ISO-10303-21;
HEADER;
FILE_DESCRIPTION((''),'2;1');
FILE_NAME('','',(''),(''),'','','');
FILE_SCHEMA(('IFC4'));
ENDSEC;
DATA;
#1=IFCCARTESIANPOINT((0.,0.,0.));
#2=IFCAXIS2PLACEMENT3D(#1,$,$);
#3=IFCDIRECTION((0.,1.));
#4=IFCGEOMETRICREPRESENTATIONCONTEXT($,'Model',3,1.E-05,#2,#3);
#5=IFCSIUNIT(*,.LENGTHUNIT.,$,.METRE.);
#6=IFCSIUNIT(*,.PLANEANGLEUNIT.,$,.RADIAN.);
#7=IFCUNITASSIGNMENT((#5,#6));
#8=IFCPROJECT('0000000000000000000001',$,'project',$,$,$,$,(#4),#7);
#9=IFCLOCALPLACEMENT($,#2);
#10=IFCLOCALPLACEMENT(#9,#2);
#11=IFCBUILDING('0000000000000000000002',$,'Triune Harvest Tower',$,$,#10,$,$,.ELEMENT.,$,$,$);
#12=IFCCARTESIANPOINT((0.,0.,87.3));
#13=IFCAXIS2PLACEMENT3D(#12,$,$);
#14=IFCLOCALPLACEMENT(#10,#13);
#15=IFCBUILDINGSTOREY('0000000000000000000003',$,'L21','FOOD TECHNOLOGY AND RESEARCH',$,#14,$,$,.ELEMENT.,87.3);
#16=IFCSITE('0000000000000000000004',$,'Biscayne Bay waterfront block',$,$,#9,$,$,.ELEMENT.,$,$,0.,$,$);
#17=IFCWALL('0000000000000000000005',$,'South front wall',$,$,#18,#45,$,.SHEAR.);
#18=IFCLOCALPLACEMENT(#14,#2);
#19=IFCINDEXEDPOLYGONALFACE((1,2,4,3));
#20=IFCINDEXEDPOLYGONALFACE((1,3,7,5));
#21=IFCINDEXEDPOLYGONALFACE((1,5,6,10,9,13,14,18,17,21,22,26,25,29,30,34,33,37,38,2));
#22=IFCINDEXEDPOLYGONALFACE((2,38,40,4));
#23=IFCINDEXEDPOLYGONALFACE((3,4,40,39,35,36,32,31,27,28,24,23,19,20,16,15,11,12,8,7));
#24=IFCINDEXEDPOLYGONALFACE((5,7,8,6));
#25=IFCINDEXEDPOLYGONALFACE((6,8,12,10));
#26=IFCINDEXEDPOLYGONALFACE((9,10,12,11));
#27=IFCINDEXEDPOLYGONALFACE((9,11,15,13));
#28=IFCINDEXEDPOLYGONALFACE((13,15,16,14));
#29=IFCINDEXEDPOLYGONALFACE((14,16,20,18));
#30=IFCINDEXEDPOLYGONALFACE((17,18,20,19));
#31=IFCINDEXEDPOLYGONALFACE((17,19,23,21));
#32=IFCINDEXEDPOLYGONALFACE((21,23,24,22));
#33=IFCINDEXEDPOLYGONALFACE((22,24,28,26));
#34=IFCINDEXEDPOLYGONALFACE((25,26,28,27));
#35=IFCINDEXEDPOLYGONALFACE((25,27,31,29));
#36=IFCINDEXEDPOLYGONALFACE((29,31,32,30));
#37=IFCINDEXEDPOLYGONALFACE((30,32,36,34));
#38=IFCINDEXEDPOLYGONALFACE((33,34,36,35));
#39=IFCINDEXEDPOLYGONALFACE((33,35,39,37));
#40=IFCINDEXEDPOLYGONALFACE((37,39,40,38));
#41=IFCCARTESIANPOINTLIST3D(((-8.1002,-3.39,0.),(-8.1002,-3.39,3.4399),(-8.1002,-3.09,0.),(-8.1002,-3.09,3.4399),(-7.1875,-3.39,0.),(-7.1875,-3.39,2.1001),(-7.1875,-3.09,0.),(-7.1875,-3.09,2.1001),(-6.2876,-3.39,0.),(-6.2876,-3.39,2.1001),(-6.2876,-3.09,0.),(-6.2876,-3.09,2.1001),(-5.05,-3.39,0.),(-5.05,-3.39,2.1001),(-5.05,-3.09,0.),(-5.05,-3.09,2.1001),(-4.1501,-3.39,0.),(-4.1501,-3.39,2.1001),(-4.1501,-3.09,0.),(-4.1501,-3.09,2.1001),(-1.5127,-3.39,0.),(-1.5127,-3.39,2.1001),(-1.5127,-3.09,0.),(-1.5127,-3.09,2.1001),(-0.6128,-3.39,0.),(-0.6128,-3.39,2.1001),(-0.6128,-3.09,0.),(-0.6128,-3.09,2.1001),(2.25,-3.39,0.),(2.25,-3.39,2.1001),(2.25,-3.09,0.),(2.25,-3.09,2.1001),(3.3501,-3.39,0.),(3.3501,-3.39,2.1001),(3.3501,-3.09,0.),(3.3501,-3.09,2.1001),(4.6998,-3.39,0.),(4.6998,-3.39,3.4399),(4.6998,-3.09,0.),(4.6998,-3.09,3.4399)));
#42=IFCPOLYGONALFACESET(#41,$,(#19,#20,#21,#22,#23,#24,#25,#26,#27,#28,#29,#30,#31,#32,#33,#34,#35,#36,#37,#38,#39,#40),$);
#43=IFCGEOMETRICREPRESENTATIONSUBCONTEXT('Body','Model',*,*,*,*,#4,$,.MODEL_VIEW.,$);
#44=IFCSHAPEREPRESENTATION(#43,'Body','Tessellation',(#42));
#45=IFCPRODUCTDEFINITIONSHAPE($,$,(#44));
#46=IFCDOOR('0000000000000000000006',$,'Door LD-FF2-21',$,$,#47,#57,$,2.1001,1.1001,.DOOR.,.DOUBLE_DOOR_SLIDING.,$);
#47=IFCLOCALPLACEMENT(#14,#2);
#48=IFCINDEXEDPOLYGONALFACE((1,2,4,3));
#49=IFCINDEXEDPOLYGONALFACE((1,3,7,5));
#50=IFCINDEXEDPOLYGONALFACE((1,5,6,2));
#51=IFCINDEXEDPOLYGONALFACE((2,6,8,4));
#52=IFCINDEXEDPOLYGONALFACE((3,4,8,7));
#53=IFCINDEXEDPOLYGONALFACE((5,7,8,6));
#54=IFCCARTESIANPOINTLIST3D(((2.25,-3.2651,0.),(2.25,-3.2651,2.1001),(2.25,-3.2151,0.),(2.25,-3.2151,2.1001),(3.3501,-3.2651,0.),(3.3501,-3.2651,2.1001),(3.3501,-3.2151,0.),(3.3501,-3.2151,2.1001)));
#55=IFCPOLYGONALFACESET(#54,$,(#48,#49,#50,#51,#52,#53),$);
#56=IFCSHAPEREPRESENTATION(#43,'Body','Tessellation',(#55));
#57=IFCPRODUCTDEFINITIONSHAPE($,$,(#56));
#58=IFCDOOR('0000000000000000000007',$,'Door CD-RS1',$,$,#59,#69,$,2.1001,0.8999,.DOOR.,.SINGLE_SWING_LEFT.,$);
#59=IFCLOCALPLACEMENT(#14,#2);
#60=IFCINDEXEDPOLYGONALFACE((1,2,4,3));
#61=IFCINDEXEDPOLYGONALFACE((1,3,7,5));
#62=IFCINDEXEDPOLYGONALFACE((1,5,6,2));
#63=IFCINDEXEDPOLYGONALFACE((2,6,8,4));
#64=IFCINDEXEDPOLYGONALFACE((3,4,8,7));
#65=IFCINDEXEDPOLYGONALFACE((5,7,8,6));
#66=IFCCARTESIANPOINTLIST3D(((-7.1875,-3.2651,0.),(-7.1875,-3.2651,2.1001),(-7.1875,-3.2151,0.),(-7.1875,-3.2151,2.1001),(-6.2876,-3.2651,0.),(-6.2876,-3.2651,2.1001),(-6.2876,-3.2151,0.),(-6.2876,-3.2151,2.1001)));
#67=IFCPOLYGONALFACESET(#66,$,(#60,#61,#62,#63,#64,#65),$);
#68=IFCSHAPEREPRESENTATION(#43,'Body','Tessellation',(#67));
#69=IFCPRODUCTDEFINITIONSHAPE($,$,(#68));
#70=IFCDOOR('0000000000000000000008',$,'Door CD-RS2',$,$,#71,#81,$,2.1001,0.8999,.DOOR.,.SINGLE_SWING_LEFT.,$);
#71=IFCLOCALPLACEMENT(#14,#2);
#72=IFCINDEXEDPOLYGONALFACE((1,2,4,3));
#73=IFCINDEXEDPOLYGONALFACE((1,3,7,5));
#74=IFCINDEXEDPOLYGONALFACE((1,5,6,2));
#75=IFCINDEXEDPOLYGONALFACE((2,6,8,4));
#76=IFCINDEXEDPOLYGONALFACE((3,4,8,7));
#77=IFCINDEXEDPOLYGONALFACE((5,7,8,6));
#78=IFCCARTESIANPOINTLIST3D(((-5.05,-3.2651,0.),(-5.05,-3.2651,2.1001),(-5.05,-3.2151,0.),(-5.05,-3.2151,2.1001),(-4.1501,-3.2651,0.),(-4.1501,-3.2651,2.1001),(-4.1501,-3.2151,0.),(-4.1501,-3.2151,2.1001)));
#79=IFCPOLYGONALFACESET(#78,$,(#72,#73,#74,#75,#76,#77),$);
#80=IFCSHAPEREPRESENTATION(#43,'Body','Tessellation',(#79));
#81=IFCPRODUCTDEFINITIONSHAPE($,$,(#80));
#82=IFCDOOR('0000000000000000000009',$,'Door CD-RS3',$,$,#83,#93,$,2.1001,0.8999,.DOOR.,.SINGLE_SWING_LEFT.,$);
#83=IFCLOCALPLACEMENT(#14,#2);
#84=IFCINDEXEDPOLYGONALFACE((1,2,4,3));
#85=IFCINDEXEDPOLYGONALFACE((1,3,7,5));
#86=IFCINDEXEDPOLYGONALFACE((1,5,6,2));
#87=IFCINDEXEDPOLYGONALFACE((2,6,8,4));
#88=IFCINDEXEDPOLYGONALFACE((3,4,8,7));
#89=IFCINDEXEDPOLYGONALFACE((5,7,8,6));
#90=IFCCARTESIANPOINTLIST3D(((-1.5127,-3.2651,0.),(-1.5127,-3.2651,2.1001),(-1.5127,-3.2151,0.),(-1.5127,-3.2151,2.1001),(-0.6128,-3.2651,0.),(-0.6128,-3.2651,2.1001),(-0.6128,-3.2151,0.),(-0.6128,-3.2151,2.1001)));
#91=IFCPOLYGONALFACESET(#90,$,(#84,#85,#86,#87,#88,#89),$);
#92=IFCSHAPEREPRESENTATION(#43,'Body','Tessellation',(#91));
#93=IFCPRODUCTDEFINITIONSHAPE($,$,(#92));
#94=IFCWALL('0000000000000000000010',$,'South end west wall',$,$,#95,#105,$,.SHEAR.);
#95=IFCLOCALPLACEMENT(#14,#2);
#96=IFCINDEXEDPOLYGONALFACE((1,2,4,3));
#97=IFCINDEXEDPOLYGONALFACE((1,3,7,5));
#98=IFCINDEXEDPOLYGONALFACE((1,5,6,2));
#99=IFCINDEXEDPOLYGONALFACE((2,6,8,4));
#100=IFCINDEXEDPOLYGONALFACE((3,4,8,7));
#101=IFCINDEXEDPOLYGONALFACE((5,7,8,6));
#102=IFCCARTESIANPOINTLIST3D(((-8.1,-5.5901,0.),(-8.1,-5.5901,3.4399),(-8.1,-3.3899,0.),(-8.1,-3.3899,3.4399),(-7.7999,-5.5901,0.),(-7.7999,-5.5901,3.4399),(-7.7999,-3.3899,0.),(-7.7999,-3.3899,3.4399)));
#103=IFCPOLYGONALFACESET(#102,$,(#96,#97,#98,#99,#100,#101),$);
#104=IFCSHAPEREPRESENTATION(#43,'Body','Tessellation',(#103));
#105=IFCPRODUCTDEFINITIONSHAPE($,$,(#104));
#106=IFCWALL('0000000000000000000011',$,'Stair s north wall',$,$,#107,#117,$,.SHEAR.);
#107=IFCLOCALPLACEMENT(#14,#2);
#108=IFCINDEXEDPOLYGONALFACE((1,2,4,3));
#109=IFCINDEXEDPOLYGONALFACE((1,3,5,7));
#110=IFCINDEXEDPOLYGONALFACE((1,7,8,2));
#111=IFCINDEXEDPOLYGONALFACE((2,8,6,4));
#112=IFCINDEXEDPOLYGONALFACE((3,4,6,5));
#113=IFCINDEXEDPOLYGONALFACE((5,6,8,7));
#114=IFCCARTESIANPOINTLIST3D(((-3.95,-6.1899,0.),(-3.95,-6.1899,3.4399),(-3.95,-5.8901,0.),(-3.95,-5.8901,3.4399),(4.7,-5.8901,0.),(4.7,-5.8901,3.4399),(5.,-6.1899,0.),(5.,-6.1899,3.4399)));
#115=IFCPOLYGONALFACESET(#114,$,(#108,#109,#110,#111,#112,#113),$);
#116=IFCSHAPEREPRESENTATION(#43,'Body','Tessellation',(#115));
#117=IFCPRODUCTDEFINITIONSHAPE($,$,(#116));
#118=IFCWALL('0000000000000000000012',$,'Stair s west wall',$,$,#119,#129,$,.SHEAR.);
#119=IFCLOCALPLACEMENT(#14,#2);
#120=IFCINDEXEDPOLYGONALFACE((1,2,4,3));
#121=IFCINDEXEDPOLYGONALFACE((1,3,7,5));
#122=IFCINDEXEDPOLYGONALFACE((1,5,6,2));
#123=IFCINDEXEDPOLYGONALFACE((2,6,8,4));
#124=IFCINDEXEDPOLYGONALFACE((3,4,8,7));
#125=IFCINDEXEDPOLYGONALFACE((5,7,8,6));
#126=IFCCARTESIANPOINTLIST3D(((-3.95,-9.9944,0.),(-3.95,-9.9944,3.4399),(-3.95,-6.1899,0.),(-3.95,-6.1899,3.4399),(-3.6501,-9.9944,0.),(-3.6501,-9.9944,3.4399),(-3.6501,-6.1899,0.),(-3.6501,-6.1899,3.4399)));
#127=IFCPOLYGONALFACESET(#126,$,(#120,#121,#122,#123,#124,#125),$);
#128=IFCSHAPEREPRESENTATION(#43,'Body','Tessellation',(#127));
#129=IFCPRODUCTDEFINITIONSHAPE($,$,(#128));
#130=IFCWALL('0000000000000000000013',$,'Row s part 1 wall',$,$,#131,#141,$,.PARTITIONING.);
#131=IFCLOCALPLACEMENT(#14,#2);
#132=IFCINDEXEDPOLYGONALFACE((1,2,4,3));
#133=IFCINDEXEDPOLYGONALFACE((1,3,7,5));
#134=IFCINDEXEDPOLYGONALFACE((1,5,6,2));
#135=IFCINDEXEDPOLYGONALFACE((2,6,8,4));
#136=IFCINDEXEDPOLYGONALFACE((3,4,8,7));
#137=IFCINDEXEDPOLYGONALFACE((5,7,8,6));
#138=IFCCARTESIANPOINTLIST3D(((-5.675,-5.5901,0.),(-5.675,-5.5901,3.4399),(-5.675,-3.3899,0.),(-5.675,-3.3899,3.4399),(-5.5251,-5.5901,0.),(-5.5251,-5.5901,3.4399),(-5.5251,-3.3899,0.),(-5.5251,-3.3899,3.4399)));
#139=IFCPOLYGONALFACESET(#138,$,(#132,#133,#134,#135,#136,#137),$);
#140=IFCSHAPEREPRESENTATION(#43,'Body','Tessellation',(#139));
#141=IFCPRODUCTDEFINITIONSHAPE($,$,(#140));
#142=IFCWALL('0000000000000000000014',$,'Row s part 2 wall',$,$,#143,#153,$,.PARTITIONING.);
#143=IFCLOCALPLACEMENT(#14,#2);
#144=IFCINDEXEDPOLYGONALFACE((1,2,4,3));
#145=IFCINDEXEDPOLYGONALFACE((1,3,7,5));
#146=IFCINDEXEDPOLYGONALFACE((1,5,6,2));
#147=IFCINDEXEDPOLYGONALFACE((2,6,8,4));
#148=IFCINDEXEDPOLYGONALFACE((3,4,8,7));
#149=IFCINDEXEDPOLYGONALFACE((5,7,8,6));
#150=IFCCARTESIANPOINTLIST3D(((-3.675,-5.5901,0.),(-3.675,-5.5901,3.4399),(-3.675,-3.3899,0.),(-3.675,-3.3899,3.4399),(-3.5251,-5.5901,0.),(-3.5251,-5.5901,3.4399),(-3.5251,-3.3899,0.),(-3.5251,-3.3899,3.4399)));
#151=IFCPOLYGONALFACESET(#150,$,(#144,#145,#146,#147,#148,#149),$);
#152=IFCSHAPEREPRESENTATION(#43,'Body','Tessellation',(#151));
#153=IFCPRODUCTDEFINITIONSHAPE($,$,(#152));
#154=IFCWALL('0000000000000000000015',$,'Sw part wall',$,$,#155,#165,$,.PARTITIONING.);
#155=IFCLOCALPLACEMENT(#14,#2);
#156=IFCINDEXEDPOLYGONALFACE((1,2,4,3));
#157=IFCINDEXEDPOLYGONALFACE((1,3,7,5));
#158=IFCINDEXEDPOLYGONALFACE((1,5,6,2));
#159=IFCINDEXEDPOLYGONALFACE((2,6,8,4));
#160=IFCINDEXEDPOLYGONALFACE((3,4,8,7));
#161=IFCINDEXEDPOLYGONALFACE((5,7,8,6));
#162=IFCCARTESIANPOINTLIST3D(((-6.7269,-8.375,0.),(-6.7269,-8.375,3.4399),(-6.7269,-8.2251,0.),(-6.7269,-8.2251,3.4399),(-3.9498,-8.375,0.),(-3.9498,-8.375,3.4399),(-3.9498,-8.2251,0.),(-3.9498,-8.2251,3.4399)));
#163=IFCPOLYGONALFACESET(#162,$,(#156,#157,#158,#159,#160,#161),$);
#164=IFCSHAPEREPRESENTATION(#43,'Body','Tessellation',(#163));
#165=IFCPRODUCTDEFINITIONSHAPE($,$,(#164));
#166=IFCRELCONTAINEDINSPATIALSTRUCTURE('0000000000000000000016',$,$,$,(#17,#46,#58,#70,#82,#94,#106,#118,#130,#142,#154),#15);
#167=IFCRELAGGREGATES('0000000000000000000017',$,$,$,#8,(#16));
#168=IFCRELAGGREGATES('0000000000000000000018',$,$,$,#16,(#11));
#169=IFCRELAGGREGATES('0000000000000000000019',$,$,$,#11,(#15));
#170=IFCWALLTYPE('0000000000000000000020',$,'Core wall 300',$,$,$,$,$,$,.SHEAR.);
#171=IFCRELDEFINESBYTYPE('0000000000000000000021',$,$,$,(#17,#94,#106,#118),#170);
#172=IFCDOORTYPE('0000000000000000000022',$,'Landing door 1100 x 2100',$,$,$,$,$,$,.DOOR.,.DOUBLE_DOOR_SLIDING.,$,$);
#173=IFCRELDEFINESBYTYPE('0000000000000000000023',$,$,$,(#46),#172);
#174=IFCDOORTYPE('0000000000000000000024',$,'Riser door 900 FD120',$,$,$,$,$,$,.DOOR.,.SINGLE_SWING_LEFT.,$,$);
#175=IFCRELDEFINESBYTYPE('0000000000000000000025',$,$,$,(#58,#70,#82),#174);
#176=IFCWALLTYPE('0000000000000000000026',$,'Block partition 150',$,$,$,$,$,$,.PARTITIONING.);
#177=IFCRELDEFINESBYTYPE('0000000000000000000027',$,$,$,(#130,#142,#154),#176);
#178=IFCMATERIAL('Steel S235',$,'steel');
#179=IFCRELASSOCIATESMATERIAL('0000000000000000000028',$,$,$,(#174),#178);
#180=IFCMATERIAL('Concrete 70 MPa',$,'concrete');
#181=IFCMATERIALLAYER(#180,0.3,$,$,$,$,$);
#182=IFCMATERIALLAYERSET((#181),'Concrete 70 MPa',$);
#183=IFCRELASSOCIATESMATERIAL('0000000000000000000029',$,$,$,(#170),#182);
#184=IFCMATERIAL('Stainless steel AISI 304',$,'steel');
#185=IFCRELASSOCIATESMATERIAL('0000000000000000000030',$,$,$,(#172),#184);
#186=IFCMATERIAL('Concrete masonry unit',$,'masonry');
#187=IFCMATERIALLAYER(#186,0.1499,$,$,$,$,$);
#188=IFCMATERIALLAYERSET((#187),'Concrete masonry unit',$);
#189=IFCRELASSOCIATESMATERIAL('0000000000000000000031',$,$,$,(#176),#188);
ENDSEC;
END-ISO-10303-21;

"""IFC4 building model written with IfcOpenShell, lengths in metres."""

from ifc_helpers import new_model, si_unit, direction, frame, frame_2d, origin, place, context, subcontext, project, spatial, polyline, rectangle, outline, extrude, source, transform, mapped, material, layer, layer_set, type_object, element, fill, save


model = new_model("IFC4")

# Units and contexts
model_context = context("Model", 3, precision=1e-05, world=origin(), true_north=direction((0.0, 1.0)))
body_context = subcontext(model_context, "Body", "Model", "MODEL_VIEW")
ifc_project = project(units=[si_unit("LENGTHUNIT", "METRE"), si_unit("PLANEANGLEUNIT", "RADIAN")], contexts=[model_context])

# Site, building, storey
site_placement = place(None, origin())
site = spatial("IfcSite", under=ifc_project, at=site_placement, Name="Biscayne Bay waterfront block", CompositionType="ELEMENT", RefElevation=0.0)
building_placement = place(site_placement, origin())
building = spatial("IfcBuilding", under=site, at=building_placement, Name="Triune Harvest Tower", CompositionType="ELEMENT")
storey_placement = place(building_placement, frame((0.0, 0.0, 87.3)))
storey = spatial("IfcBuildingStorey", under=building, at=storey_placement, Name="L21", Description="FOOD TECHNOLOGY AND RESEARCH", CompositionType="ELEMENT", Elevation=87.3)

# Wall, openings, doors
ifc_material_1 = material(Name="Steel S235", Category="steel")
door_type_1 = type_object("IfcDoorType", Name="Riser door 900 FD120", OperationType="SINGLE_SWING_LEFT", PredefinedType="DOOR", material=ifc_material_1)
ifc_material_2 = material(Name="Concrete 70 MPa", Category="concrete")
ifc_layer_1 = layer(ifc_material_2, 0.3)
ifc_layer_set_1 = layer_set([ifc_layer_1], Name="Concrete 70 MPa")
wall_type_1 = type_object("IfcWallType", Name="Core wall 300", PredefinedType="SHEAR", material=ifc_layer_set_1)
shared_shape_1 = source(origin(), body_context, "Body", "SweptSolid", [
    extrude(rectangle(XDim=12.8, YDim=0.3, at=frame_2d((6.3999, 0.0))), origin(), (0.0, 0.0, 1.0), 3.4399),
])
wall_1_placement = place(storey_placement, frame((-8.1001, -3.24, 0.0), z_axis=(0.0, 0.0, 1.0), x_axis=(1.0, 0.0, 0.0)))
wall_1 = element("IfcWall", 1, at=wall_1_placement, inside=storey, type_object=wall_type_1, Name="South front wall", PredefinedType="SHEAR", context=body_context, shape_type="MappedRepresentation", body=[
    mapped(shared_shape_1, transform((0.0, 0.0, 0.0), scale=1.0)),
])
opening_1_placement = place(wall_1_placement, frame((0.9126, 0.0, 0.0)))
opening_1 = element("IfcOpeningElement", 2, at=opening_1_placement, cuts=wall_1, PredefinedType="OPENING", context=body_context, shape_type="SweptSolid", body=[
    extrude(rectangle(XDim=0.8999, YDim=2.1001, at=frame_2d((0.45, 1.05))), frame((0.0, 0.1602, 0.0), z_axis=(0.0, -1.0, 0.0), x_axis=(1.0, 0.0, 0.0)), (0.0, 0.0, 1.0), 0.3201),
])
opening_2_placement = place(wall_1_placement, frame((3.05, 0.0, 0.0)))
opening_2 = element("IfcOpeningElement", 3, at=opening_2_placement, cuts=wall_1, PredefinedType="OPENING", context=body_context, shape_type="SweptSolid", body=[
    extrude(rectangle(XDim=0.8999, YDim=2.1001, at=frame_2d((0.45, 1.05))), frame((0.0, 0.1602, 0.0), z_axis=(0.0, -1.0, 0.0), x_axis=(1.0, 0.0, 0.0)), (0.0, 0.0, 1.0), 0.3201),
])
opening_3_placement = place(wall_1_placement, frame((6.5874, 0.0, 0.0)))
opening_3 = element("IfcOpeningElement", 4, at=opening_3_placement, cuts=wall_1, PredefinedType="OPENING", context=body_context, shape_type="SweptSolid", body=[
    extrude(rectangle(XDim=0.8999, YDim=2.1001, at=frame_2d((0.45, 1.05))), frame((0.0, 0.1602, 0.0), z_axis=(0.0, -1.0, 0.0), x_axis=(1.0, 0.0, 0.0)), (0.0, 0.0, 1.0), 0.3201),
])
opening_4_placement = place(wall_1_placement, frame((10.3501, 0.0, 0.0)))
opening_4 = element("IfcOpeningElement", 5, at=opening_4_placement, cuts=wall_1, PredefinedType="OPENING", context=body_context, shape_type="SweptSolid", body=[
    extrude(rectangle(XDim=1.1001, YDim=2.1001, at=frame_2d((0.55, 1.05))), frame((0.0, 0.1602, 0.0), z_axis=(0.0, -1.0, 0.0), x_axis=(1.0, 0.0, 0.0)), (0.0, 0.0, 1.0), 0.3201),
])
ifc_material_3 = material(Name="Stainless steel AISI 304", Category="steel")
door_type_2 = type_object("IfcDoorType", Name="Landing door 1100 x 2100", OperationType="DOUBLE_DOOR_SLIDING", PredefinedType="DOOR", material=ifc_material_3)
door_1_placement = place(opening_4_placement, origin())
door_1 = element("IfcDoor", 6, at=door_1_placement, inside=storey, type_object=door_type_2, Name="Door LD-FF2-21", OperationType="DOUBLE_DOOR_SLIDING", OverallHeight=2.1001, OverallWidth=1.1001, PredefinedType="DOOR", context=body_context, shape_type="SweptSolid", body=[
    extrude(rectangle(XDim=1.1001, YDim=2.1001, at=frame_2d((0.55, 1.05))), frame((0.0, 0.0249, 0.0), z_axis=(0.0, -1.0, 0.0), x_axis=(1.0, 0.0, 0.0)), (0.0, 0.0, 1.0), 0.05),
])
fill(opening_4, door_1)
door_2_placement = place(opening_1_placement, origin())
door_2 = element("IfcDoor", 7, at=door_2_placement, inside=storey, type_object=door_type_1, Name="Door CD-RS1", OperationType="SINGLE_SWING_LEFT", OverallHeight=2.1001, OverallWidth=0.8999, PredefinedType="DOOR", context=body_context, shape_type="SweptSolid", body=[
    extrude(rectangle(XDim=0.8999, YDim=2.1001, at=frame_2d((0.45, 1.05))), frame((0.0, 0.0249, 0.0), z_axis=(0.0, -1.0, 0.0), x_axis=(1.0, 0.0, 0.0)), (0.0, 0.0, 1.0), 0.05),
])
fill(opening_1, door_2)
door_3_placement = place(opening_2_placement, origin())
door_3 = element("IfcDoor", 8, at=door_3_placement, inside=storey, type_object=door_type_1, Name="Door CD-RS2", OperationType="SINGLE_SWING_LEFT", OverallHeight=2.1001, OverallWidth=0.8999, PredefinedType="DOOR", context=body_context, shape_type="SweptSolid", body=[
    extrude(rectangle(XDim=0.8999, YDim=2.1001, at=frame_2d((0.45, 1.05))), frame((0.0, 0.0249, 0.0), z_axis=(0.0, -1.0, 0.0), x_axis=(1.0, 0.0, 0.0)), (0.0, 0.0, 1.0), 0.05),
])
fill(opening_2, door_3)
door_4_placement = place(opening_3_placement, origin())
door_4 = element("IfcDoor", 9, at=door_4_placement, inside=storey, type_object=door_type_1, Name="Door CD-RS3", OperationType="SINGLE_SWING_LEFT", OverallHeight=2.1001, OverallWidth=0.8999, PredefinedType="DOOR", context=body_context, shape_type="SweptSolid", body=[
    extrude(rectangle(XDim=0.8999, YDim=2.1001, at=frame_2d((0.45, 1.05))), frame((0.0, 0.0249, 0.0), z_axis=(0.0, -1.0, 0.0), x_axis=(1.0, 0.0, 0.0)), (0.0, 0.0, 1.0), 0.05),
])
fill(opening_3, door_4)

# Walls
shared_shape_2 = source(origin(), body_context, "Body", "SweptSolid", [
    extrude(rectangle(XDim=2.2002, YDim=0.3, at=frame_2d((1.1001, 0.0))), origin(), (0.0, 0.0, 1.0), 3.4399),
])
wall_2_placement = place(storey_placement, frame((-7.95, -5.5901, 0.0), z_axis=(0.0, 0.0, 1.0), x_axis=(0.0, 1.0, 0.0)))
element("IfcWall", 10, at=wall_2_placement, inside=storey, type_object=wall_type_1, Name="South end west wall", PredefinedType="SHEAR", context=body_context, shape_type="MappedRepresentation", body=[
    mapped(shared_shape_2, transform((0.0, 0.0, 0.0), scale=1.0)),
])
shared_shape_3 = source(origin(), body_context, "Body", "SweptSolid", [
    extrude(outline(polyline([(0.0, -0.1499), (8.95, -0.1499), (8.6499, 0.1499), (0.0, 0.1499), (0.0, -0.1499)])), origin(), (0.0, 0.0, 1.0), 3.4399),
])
wall_3_placement = place(storey_placement, frame((-3.95, -6.04, 0.0), z_axis=(0.0, 0.0, 1.0), x_axis=(1.0, 0.0, 0.0)))
element("IfcWall", 11, at=wall_3_placement, inside=storey, type_object=wall_type_1, Name="Stair s north wall", PredefinedType="SHEAR", context=body_context, shape_type="MappedRepresentation", body=[
    mapped(shared_shape_3, transform((0.0, 0.0, 0.0), scale=1.0)),
])
shared_shape_4 = source(origin(), body_context, "Body", "SweptSolid", [
    extrude(outline(polyline([(3.8, -0.1499), (-0.0044, -0.1499), (-0.0044, 0.1499), (3.8, 0.1499), (3.8, -0.1499)])), origin(), (0.0, 0.0, 1.0), 3.4399),
])
wall_4_placement = place(storey_placement, frame((-3.8, -9.99, 0.0), z_axis=(0.0, 0.0, 1.0), x_axis=(0.0, 1.0, 0.0)))
element("IfcWall", 12, at=wall_4_placement, inside=storey, type_object=wall_type_1, Name="Stair s west wall", PredefinedType="SHEAR", context=body_context, shape_type="MappedRepresentation", body=[
    mapped(shared_shape_4, transform((0.0, 0.0, 0.0), scale=1.0)),
])
ifc_material_4 = material(Name="Concrete masonry unit", Category="masonry")
ifc_layer_2 = layer(ifc_material_4, 0.1499)
ifc_layer_set_2 = layer_set([ifc_layer_2], Name="Concrete masonry unit")
wall_type_2 = type_object("IfcWallType", Name="Block partition 150", PredefinedType="PARTITIONING", material=ifc_layer_set_2)
shared_shape_5 = source(origin(), body_context, "Body", "SweptSolid", [
    extrude(rectangle(XDim=2.2002, YDim=0.1499, at=frame_2d((1.1001, 0.0))), origin(), (0.0, 0.0, 1.0), 3.4399),
])
for number, where, z_axis, x_axis, name in (
    (13, (-5.6001, -5.5901, 0.0), (0.0, 0.0, 1.0), (0.0, 1.0, 0.0), "Row s part 1 wall"),
    (14, (-3.6001, -5.5901, 0.0), (0.0, 0.0, 1.0), (0.0, 1.0, 0.0), "Row s part 2 wall"),
):
    element("IfcWall", number, at=place(storey_placement, frame(where, z_axis=z_axis, x_axis=x_axis)), inside=storey, type_object=wall_type_2, Name=name, PredefinedType="PARTITIONING", context=body_context, shape_type="MappedRepresentation", body=[
        mapped(shared_shape_5, transform((0.0, 0.0, 0.0), scale=1.0)),
    ])
shared_shape_6 = source(origin(), body_context, "Body", "SweptSolid", [
    extrude(rectangle(XDim=2.7771, YDim=0.1499, at=frame_2d((1.3887, 0.0))), origin(), (0.0, 0.0, 1.0), 3.4399),
])
wall_5_placement = place(storey_placement, frame((-6.7271, -8.3, 0.0), z_axis=(0.0, 0.0, 1.0), x_axis=(1.0, 0.0, 0.0)))
element("IfcWall", 15, at=wall_5_placement, inside=storey, type_object=wall_type_2, Name="Sw part wall", PredefinedType="PARTITIONING", context=body_context, shape_type="MappedRepresentation", body=[
    mapped(shared_shape_6, transform((0.0, 0.0, 0.0), scale=1.0)),
])

save(model, "model.ifc")
